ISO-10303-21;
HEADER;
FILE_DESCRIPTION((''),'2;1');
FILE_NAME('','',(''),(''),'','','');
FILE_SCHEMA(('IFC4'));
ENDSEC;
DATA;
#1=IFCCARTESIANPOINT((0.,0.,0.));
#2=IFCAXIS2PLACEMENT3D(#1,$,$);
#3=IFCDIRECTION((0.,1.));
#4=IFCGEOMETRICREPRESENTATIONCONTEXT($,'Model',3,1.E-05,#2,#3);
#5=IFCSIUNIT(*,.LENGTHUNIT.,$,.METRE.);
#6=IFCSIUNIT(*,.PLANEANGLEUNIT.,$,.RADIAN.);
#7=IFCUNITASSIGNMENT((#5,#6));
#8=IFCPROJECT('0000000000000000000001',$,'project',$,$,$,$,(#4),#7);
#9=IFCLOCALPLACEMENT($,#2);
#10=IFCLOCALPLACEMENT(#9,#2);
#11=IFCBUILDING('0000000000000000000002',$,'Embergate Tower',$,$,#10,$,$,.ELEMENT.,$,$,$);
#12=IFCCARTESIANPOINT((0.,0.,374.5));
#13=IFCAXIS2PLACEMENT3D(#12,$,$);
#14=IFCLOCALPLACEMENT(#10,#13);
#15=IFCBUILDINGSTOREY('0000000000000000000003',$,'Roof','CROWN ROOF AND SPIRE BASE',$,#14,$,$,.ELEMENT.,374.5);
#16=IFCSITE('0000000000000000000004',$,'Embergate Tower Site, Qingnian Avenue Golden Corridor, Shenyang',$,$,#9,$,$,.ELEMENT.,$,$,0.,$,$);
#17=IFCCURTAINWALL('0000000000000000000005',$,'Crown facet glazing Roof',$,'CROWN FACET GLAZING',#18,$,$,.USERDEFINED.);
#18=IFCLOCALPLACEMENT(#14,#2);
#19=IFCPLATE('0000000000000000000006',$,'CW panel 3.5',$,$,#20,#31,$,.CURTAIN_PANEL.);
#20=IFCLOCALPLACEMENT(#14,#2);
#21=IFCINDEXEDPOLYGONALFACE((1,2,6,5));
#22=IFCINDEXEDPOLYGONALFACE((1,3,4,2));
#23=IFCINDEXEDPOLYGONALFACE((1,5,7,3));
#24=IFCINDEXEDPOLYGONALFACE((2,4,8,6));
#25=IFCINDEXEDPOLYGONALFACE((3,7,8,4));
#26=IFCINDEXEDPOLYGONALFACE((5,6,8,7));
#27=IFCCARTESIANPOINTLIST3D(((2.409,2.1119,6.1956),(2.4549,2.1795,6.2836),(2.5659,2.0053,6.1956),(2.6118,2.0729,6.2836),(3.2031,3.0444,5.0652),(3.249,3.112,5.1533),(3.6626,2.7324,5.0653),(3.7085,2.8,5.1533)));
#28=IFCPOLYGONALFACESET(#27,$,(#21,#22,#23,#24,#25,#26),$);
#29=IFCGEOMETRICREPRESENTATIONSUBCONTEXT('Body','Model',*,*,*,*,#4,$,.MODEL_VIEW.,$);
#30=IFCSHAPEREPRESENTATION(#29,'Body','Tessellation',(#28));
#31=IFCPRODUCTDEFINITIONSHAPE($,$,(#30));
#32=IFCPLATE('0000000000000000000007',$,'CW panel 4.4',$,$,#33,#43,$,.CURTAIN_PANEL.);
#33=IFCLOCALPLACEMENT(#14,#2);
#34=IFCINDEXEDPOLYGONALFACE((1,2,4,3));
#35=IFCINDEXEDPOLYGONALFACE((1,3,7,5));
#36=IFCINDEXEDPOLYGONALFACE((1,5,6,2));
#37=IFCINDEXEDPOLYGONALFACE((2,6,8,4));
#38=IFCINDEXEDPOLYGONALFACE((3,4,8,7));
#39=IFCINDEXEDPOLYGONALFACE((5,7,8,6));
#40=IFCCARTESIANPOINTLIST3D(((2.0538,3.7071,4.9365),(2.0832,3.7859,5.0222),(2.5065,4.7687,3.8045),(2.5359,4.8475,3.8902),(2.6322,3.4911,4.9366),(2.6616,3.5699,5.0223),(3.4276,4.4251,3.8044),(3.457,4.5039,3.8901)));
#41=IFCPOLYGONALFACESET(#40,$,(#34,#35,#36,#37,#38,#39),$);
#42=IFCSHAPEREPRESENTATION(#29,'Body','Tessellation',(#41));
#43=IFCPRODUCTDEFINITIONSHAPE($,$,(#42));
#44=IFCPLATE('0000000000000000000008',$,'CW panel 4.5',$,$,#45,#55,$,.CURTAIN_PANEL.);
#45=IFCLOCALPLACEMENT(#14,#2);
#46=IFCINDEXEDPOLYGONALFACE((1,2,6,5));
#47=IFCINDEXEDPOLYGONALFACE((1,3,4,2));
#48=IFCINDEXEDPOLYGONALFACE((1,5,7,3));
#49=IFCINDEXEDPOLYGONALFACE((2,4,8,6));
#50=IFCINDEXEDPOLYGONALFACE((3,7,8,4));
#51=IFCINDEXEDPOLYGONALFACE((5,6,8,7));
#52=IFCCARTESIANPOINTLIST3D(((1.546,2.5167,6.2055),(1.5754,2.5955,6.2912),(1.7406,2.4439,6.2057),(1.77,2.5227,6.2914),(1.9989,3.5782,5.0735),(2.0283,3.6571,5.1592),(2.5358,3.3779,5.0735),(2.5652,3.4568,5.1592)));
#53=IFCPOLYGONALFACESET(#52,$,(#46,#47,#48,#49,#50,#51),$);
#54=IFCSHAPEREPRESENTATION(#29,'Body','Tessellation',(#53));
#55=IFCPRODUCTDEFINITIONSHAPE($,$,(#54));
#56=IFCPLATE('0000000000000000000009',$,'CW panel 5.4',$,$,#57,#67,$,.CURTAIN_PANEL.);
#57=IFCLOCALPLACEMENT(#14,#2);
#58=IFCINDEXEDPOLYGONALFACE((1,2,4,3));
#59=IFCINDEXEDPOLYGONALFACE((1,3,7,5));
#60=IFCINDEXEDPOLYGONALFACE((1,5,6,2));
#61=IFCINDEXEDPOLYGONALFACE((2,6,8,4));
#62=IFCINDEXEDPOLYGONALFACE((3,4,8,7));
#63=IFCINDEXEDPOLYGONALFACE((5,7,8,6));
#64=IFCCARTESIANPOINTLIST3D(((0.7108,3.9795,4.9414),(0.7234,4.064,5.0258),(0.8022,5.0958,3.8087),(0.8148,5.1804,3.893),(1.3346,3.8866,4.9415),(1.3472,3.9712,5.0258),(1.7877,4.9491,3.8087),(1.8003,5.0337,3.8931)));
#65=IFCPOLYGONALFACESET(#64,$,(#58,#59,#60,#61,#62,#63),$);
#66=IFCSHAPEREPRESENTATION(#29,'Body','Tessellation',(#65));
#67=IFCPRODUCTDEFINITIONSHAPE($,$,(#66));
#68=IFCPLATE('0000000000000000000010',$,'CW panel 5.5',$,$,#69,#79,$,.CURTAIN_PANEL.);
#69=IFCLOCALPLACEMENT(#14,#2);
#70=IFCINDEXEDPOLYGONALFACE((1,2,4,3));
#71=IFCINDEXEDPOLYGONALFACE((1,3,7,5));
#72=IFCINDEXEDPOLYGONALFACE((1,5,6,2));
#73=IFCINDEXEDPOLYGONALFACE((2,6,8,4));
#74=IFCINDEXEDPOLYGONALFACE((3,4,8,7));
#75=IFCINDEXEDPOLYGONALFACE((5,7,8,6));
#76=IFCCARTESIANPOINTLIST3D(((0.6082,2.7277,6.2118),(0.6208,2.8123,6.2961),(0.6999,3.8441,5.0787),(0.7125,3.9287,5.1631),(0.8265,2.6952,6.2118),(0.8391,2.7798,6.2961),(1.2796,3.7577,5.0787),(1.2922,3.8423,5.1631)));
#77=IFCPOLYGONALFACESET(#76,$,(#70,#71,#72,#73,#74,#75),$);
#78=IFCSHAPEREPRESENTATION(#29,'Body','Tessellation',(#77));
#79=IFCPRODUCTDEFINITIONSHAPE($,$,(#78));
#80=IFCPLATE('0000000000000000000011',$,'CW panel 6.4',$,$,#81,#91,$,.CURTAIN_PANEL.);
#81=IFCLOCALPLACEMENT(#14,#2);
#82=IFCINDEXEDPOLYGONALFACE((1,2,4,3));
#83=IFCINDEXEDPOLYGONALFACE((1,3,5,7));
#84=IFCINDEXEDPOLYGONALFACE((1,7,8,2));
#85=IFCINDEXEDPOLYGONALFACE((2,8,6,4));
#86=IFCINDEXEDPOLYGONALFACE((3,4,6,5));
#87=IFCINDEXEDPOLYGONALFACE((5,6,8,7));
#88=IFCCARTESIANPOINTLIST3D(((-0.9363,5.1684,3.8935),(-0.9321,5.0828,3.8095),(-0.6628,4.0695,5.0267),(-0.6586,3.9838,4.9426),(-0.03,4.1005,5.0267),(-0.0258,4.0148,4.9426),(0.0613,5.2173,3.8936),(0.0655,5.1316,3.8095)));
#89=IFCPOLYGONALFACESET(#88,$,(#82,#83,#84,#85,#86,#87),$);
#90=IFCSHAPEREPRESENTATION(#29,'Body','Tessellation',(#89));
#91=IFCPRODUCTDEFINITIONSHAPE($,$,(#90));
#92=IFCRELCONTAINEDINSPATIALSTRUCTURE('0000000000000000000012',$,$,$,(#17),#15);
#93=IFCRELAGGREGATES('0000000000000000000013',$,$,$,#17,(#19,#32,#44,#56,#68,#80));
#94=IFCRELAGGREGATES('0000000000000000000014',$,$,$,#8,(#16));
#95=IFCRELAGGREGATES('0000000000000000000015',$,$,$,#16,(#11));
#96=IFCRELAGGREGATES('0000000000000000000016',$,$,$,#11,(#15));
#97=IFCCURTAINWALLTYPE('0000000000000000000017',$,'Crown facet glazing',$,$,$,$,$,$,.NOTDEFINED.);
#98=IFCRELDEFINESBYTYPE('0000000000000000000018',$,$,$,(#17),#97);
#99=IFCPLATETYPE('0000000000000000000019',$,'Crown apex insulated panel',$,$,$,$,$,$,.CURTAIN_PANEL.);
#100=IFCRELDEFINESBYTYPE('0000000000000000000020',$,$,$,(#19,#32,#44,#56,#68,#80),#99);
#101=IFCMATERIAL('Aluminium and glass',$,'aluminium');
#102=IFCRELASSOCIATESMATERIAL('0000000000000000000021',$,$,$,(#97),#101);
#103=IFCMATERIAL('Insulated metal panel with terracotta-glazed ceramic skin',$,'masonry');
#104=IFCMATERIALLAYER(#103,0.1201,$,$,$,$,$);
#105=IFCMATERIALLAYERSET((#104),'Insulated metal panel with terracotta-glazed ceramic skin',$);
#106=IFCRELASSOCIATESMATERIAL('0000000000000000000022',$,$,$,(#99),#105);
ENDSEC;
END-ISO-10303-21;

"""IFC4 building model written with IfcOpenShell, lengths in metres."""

from ifc_helpers import new_model, si_unit, direction, frame, origin, place, context, subcontext, project, spatial, polyline, outline, extrude, source, transform, mapped, material, layer, layer_set, type_object, element, aggregate, save


model = new_model("IFC4")

# Units and contexts
model_context = context("Model", 3, precision=1e-05, world=origin(), true_north=direction((0.0, 1.0)))
body_context = subcontext(model_context, "Body", "Model", "MODEL_VIEW")
ifc_project = project(units=[si_unit("LENGTHUNIT", "METRE"), si_unit("PLANEANGLEUNIT", "RADIAN")], contexts=[model_context])

# Site, building, storey
site_placement = place(None, origin())
site = spatial("IfcSite", under=ifc_project, at=site_placement, Name="Embergate Tower Site, Qingnian Avenue Golden Corridor, Shenyang", CompositionType="ELEMENT", RefElevation=0.0)
building_placement = place(site_placement, origin())
building = spatial("IfcBuilding", under=site, at=building_placement, Name="Embergate Tower", CompositionType="ELEMENT")
storey_placement = place(building_placement, frame((0.0, 0.0, 374.5)))
storey = spatial("IfcBuildingStorey", under=building, at=storey_placement, Name="Roof", Description="CROWN ROOF AND SPIRE BASE", CompositionType="ELEMENT", Elevation=374.5)

# Curtain wall, plates
ifc_material_1 = material(Name="Aluminium and glass", Category="aluminium")
curtain_wall_type = type_object("IfcCurtainWallType", Name="Crown facet glazing", PredefinedType="NOTDEFINED", material=ifc_material_1)
curtain_wall_placement = place(storey_placement, origin())
curtain_wall = element("IfcCurtainWall", 1, at=curtain_wall_placement, inside=storey, type_object=curtain_wall_type, Name="Crown facet glazing Roof", ObjectType="CROWN FACET GLAZING", PredefinedType="USERDEFINED")
ifc_material_2 = material(Name="Insulated metal panel with terracotta-glazed ceramic skin", Category="masonry")
ifc_layer = layer(ifc_material_2, 0.1201)
ifc_layer_set = layer_set([ifc_layer], Name="Insulated metal panel with terracotta-glazed ceramic skin")
plate_type = type_object("IfcPlateType", Name="Crown apex insulated panel", PredefinedType="CURTAIN_PANEL", material=ifc_layer_set)
shared_shape_1 = source(origin(), body_context, "Body", "SweptSolid", [
    extrude(outline(polyline([(0.0, 0.0), (0.5554, 0.0), (0.6885, 1.6614), (0.4988, 1.6614), (0.0, 0.0)])), origin(), (0.0, 0.0, -1.0), 0.1201),
])
plate_1_placement = place(storey_placement, frame((3.7085, 2.8, 5.1533), z_axis=(0.382123, 0.562929, 0.732866), x_axis=(-0.827331, 0.561715, -0.000086)))
plate_1 = element("IfcPlate", 2, at=plate_1_placement, type_object=plate_type, Name="CW panel 3.5", PredefinedType="CURTAIN_PANEL", context=body_context, shape_type="MappedRepresentation", body=[
    mapped(shared_shape_1, transform((0.0, 0.0, 0.0))),
])
shared_shape_2 = source(origin(), body_context, "Body", "SweptSolid", [
    extrude(outline(polyline([(0.0, 0.0), (0.9832, 0.0), (1.0364, 1.6157), (0.4189, 1.616), (0.0, 0.0)])), origin(), (0.0, 0.0, -1.0), 0.1201),
])
plate_2_placement = place(storey_placement, frame((3.457, 4.5039, 3.8901), z_axis=(0.244944, 0.656389, 0.713552), x_axis=(-0.936932, 0.349511, 0.000112)))
plate_2 = element("IfcPlate", 3, at=plate_2_placement, type_object=plate_type, Name="CW panel 4.4", PredefinedType="CURTAIN_PANEL", context=body_context, shape_type="MappedRepresentation", body=[
    mapped(shared_shape_2, transform((0.0, 0.0, 0.0))),
])
shared_shape_3 = source(origin(), body_context, "Body", "SweptSolid", [
    extrude(outline(polyline([(0.0, 0.0), (0.573, 0.0), (0.6265, 1.6157), (0.4187, 1.616), (0.0, 0.0)])), origin(), (0.0, 0.0, -1.0), 0.1201),
])
plate_3_placement = place(storey_placement, frame((2.5652, 3.4568, 5.1592), z_axis=(0.244941, 0.65639, 0.713551), x_axis=(-0.936935, 0.349503, 0.000117)))
plate_3 = element("IfcPlate", 4, at=plate_3_placement, type_object=plate_type, Name="CW panel 4.5", PredefinedType="CURTAIN_PANEL", context=body_context, shape_type="MappedRepresentation", body=[
    mapped(shared_shape_3, transform((0.0, 0.0, 0.0))),
])
shared_shape_4 = source(origin(), body_context, "Body", "SweptSolid", [
    extrude(outline(polyline([(0.0, 0.0), (0.9963, 0.0), (0.9224, 1.5913), (0.2917, 1.5913), (0.0, 0.0)])), origin(), (0.0, 0.0, -1.0), 0.1201),
])
plate_4_placement = place(storey_placement, frame((1.8003, 5.0337, 3.8931), z_axis=(0.104781, 0.704092, 0.702336), x_axis=(-0.989103, 0.147223, -0.000027)))
plate_4 = element("IfcPlate", 5, at=plate_4_placement, type_object=plate_type, Name="CW panel 5.4", PredefinedType="CURTAIN_PANEL", context=body_context, shape_type="MappedRepresentation", body=[
    mapped(shared_shape_4, transform((0.0, 0.0, 0.0))),
])
shared_shape_5 = source(origin(), body_context, "Body", "SweptSolid", [
    extrude(outline(polyline([(0.0, 0.0), (0.5862, 0.0), (0.5122, 1.5916), (0.2915, 1.5916), (0.0, 0.0)])), origin(), (0.0, 0.0, -1.0), 0.1201),
])
plate_5_placement = place(storey_placement, frame((1.2922, 3.8423, 5.1631), z_axis=(0.104899, 0.704139, 0.70227), x_axis=(-0.989079, 0.147386, -0.000038)))
plate_5 = element("IfcPlate", 6, at=plate_5_placement, type_object=plate_type, Name="CW panel 5.5", PredefinedType="CURTAIN_PANEL", context=body_context, shape_type="MappedRepresentation", body=[
    mapped(shared_shape_5, transform((0.0, 0.0, 0.0))),
])
shared_shape_6 = source(origin(), body_context, "Body", "SweptSolid", [
    extrude(outline(polyline([(0.0, 0.0), (0.9988, 0.0), (0.7793, 1.5869), (0.1458, 1.5869), (0.0, 0.0)])), origin(), (0.0, 0.0, -1.0), 0.1201),
])
plate_6_placement = place(storey_placement, frame((0.0613, 5.2173, 3.8936), z_axis=(-0.034923, 0.713194, 0.700096), x_axis=(-0.998804, -0.048899, -0.00001)))
plate_6 = element("IfcPlate", 7, at=plate_6_placement, type_object=plate_type, Name="CW panel 6.4", PredefinedType="CURTAIN_PANEL", context=body_context, shape_type="MappedRepresentation", body=[
    mapped(shared_shape_6, transform((0.0, 0.0, 0.0))),
])
aggregate(curtain_wall, [plate_1, plate_2, plate_3, plate_4, plate_5, plate_6])

save(model, "model.ifc")
